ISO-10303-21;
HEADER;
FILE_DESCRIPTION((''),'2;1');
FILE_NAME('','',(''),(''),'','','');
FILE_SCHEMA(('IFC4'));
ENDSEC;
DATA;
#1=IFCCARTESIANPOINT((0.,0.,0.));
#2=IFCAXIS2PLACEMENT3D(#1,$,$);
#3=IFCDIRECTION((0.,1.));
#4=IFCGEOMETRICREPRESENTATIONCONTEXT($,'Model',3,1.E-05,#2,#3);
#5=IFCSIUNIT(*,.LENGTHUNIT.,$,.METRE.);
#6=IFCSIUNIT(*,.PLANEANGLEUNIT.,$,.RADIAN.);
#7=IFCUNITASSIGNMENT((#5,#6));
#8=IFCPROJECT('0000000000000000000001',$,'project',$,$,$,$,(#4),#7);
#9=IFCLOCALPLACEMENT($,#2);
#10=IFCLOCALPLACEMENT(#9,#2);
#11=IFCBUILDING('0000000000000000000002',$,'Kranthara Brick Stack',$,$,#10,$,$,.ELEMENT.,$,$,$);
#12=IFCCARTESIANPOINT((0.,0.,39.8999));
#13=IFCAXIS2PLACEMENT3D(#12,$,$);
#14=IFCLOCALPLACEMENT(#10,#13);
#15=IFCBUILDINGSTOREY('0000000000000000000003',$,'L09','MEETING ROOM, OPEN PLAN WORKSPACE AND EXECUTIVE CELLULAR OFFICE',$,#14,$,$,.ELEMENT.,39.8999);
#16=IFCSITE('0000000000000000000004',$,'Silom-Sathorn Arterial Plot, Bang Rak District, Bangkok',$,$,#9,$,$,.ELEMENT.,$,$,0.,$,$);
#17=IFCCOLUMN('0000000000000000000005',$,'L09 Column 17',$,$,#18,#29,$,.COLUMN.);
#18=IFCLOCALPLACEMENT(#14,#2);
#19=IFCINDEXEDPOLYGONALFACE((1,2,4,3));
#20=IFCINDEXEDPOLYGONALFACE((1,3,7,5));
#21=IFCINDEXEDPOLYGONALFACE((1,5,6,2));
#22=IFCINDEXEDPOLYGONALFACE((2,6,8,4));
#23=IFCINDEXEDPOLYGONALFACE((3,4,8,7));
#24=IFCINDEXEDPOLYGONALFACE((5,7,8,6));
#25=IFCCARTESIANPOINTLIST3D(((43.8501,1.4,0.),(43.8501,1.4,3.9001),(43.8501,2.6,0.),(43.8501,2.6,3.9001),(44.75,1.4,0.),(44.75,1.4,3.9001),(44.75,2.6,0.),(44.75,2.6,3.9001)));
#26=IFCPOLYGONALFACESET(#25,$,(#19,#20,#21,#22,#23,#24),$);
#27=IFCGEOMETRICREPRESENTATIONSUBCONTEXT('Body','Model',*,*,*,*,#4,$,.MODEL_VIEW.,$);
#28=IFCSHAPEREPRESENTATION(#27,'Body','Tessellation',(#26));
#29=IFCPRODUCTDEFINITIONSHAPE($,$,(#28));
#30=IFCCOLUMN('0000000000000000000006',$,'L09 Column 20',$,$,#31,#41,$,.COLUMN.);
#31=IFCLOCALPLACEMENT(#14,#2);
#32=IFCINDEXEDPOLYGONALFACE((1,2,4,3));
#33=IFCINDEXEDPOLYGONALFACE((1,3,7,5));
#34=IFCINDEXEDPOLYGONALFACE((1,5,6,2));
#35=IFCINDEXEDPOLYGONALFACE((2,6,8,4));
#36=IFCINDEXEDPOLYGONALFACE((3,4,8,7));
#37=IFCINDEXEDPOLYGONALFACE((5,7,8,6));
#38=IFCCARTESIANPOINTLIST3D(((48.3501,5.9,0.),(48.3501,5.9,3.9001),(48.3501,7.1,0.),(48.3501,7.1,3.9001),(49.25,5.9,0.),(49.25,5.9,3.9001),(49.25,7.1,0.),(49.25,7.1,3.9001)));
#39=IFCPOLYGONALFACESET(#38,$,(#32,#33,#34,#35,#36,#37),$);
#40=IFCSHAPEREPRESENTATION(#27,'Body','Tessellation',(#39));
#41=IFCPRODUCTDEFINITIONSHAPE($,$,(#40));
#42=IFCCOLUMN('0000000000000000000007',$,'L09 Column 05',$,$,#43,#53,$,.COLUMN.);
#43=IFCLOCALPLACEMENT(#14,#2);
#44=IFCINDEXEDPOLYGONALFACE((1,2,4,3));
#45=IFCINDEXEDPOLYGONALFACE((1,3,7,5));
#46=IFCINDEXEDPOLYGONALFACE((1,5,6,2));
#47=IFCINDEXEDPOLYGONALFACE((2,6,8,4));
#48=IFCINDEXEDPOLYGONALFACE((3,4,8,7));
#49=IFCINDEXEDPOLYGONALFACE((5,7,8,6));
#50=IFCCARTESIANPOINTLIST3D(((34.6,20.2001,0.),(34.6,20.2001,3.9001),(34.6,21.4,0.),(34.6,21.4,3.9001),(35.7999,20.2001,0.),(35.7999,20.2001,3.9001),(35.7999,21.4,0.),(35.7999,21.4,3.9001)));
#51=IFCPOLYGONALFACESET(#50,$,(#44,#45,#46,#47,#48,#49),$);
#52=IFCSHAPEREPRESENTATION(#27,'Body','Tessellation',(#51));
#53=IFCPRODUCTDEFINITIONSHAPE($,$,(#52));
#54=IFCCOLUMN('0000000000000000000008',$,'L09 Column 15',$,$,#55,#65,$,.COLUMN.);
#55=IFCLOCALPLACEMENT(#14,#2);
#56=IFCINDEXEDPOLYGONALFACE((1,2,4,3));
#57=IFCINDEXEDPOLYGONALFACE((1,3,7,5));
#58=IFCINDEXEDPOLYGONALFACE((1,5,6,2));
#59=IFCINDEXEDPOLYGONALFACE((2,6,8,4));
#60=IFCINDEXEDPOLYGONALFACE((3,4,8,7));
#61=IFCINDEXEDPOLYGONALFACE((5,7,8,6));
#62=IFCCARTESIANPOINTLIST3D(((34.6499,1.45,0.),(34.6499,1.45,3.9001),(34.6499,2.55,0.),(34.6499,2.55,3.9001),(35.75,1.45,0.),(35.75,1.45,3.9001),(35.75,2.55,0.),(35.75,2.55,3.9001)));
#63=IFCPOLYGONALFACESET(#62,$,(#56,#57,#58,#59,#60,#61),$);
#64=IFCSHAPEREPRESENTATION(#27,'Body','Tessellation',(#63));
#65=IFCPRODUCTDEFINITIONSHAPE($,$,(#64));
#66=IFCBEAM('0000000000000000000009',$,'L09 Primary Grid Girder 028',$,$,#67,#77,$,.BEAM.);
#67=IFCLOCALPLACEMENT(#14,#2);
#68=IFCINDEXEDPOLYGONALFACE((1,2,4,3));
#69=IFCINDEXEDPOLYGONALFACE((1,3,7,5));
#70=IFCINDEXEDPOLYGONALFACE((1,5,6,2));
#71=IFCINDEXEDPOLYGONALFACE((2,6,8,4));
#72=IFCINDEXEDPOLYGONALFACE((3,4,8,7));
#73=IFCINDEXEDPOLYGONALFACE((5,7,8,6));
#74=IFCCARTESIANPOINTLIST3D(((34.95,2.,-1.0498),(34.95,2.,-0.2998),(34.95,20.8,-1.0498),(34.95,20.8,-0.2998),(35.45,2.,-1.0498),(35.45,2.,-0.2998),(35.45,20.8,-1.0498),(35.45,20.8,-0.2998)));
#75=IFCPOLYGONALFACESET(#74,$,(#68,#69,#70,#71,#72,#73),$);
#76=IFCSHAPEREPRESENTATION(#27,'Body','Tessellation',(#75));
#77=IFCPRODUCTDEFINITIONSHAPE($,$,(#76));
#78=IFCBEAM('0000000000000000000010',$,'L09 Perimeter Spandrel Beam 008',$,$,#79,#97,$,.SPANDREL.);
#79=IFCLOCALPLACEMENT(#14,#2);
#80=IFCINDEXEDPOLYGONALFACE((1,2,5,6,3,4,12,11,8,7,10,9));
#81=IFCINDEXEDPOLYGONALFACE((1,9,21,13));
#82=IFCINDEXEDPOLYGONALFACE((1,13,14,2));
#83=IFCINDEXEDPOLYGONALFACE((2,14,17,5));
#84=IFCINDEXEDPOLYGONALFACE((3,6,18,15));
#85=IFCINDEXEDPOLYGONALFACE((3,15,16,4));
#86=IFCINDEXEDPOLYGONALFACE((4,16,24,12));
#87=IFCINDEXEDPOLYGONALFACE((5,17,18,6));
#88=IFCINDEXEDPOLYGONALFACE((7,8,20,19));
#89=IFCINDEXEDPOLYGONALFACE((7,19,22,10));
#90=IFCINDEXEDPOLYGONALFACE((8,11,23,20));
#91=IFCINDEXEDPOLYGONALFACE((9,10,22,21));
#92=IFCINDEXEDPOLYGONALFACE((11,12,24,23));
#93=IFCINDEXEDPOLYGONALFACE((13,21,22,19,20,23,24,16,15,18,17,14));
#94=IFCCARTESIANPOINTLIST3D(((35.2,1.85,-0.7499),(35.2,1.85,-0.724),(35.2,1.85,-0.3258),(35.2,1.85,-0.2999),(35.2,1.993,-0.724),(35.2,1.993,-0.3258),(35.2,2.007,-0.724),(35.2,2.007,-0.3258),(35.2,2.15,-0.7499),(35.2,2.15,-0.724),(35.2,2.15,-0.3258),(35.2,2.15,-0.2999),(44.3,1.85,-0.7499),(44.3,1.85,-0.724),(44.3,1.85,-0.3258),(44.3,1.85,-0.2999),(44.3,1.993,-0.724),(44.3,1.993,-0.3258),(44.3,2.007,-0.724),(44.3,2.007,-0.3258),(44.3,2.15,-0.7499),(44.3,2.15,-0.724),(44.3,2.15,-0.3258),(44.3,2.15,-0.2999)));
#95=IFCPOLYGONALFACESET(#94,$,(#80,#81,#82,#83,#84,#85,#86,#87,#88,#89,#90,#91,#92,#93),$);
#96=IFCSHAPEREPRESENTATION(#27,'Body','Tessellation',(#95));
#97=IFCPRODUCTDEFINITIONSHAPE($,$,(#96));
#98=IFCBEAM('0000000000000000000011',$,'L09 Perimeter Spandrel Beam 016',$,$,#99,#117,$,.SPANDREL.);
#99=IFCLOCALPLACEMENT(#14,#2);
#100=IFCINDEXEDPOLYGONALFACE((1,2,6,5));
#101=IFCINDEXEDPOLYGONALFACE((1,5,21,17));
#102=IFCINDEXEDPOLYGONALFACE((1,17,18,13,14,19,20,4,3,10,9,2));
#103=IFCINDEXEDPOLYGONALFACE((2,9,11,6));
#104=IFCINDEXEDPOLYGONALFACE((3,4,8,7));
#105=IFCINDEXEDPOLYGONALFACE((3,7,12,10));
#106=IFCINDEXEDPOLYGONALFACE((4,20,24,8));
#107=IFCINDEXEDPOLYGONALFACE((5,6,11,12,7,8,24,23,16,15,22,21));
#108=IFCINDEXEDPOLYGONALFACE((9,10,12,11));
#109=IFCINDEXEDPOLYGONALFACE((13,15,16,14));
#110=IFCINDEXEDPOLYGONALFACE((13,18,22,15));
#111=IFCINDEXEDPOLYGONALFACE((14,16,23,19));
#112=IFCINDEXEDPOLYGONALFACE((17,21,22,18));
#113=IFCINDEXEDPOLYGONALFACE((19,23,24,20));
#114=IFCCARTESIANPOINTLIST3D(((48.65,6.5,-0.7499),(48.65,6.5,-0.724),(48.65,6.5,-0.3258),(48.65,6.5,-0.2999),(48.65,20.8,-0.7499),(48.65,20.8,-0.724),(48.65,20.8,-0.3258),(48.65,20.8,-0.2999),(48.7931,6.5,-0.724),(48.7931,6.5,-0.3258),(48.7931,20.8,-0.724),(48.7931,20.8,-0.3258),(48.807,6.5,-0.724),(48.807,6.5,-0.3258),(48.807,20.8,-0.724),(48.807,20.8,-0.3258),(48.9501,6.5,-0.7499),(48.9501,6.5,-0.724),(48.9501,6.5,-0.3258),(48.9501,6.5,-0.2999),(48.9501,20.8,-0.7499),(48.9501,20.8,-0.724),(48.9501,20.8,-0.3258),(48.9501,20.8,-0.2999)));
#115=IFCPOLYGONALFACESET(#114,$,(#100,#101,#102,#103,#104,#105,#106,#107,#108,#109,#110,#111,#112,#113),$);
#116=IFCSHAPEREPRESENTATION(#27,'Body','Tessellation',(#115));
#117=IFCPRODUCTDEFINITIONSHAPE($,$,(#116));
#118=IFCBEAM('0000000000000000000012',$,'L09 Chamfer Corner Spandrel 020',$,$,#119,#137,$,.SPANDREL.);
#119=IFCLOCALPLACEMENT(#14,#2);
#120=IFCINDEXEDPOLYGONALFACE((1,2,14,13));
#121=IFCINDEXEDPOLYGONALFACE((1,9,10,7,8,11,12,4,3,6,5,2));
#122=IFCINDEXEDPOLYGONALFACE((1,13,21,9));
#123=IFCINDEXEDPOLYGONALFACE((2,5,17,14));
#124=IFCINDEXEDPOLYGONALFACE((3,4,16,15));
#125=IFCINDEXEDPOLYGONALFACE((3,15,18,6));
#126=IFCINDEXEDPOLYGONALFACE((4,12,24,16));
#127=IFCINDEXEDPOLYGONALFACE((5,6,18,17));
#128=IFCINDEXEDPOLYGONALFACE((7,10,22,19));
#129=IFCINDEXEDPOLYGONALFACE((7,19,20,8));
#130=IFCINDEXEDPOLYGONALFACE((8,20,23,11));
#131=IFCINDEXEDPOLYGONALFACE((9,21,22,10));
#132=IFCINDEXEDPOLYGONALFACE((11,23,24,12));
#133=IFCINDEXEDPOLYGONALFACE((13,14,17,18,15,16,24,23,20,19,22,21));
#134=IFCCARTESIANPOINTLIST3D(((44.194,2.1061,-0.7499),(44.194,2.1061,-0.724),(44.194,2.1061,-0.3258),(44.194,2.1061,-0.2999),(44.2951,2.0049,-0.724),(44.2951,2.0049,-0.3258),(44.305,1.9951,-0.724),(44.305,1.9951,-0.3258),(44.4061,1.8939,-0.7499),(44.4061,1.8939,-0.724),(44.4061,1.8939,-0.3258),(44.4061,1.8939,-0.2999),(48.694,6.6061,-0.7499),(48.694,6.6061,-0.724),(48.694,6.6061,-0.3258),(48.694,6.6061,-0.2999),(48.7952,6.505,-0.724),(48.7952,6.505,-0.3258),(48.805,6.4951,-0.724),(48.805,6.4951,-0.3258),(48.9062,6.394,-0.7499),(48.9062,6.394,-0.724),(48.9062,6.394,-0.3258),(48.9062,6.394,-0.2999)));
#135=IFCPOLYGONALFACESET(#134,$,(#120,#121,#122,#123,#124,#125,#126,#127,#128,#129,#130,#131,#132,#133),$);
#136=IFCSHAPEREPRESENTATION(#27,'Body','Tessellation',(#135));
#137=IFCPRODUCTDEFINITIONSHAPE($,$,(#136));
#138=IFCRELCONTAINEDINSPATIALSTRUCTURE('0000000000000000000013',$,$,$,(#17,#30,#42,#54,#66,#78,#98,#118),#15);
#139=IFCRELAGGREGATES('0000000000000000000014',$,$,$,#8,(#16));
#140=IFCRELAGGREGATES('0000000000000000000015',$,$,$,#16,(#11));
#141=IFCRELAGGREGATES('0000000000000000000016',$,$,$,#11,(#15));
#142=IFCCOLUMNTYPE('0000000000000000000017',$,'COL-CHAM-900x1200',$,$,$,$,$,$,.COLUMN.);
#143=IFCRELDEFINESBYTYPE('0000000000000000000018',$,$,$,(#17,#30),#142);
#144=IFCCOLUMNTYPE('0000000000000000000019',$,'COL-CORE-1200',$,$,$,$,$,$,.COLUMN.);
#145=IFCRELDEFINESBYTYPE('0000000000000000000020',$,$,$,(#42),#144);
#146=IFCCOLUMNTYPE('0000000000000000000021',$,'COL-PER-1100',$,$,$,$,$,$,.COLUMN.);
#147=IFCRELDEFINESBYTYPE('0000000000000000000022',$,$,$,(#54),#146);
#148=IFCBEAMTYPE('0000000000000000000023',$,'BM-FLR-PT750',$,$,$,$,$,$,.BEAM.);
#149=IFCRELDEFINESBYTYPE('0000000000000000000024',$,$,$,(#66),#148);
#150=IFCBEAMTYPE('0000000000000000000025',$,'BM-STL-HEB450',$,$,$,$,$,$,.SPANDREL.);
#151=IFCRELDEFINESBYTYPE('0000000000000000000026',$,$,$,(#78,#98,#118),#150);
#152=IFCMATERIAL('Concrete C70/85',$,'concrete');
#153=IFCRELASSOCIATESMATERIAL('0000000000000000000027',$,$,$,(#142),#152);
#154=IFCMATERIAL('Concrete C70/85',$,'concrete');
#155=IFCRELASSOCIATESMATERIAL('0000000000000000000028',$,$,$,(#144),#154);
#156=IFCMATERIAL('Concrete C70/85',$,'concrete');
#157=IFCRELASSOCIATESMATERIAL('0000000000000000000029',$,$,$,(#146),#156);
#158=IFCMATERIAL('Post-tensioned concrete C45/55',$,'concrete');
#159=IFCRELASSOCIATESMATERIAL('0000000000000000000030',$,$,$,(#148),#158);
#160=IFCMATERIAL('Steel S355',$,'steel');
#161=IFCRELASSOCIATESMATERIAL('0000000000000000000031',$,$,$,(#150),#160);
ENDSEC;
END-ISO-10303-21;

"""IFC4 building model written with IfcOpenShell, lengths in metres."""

from ifc_helpers import new_model, si_unit, direction, frame, origin, origin_2d, place, context, subcontext, project, spatial, rectangle, i_section, extrude, material, material_profile, profile_set, type_object, element, save


model = new_model("IFC4")

# Units and contexts
model_context = context("Model", 3, precision=1e-05, world=origin(), true_north=direction((0.0, 1.0)))
body_context = subcontext(model_context, "Body", "Model", "MODEL_VIEW")
ifc_project = project(units=[si_unit("LENGTHUNIT", "METRE"), si_unit("PLANEANGLEUNIT", "RADIAN")], contexts=[model_context])

# Site, building, storey
site_placement = place(None, origin())
site = spatial("IfcSite", under=ifc_project, at=site_placement, Name="Silom-Sathorn Arterial Plot, Bang Rak District, Bangkok", CompositionType="ELEMENT", RefElevation=0.0)
building_placement = place(site_placement, origin())
building = spatial("IfcBuilding", under=site, at=building_placement, Name="Kranthara Brick Stack", CompositionType="ELEMENT")
storey_placement = place(building_placement, frame((0.0, 0.0, 39.8999)))
storey = spatial("IfcBuildingStorey", under=building, at=storey_placement, Name="L09", Description="MEETING ROOM, OPEN PLAN WORKSPACE AND EXECUTIVE CELLULAR OFFICE", CompositionType="ELEMENT", Elevation=39.8999)

# Columns
ifc_material_1 = material(Name="Concrete C70/85", Category="concrete")
ifc_material_profile_1 = material_profile(ifc_material_1, rectangle(XDim=0.8999, YDim=1.2, at=origin_2d()), Name="RC 900x1200")
ifc_profile_set_1 = profile_set([ifc_material_profile_1], Name="Concrete C70/85")
column_type_1 = type_object("IfcColumnType", Name="COL-CHAM-900x1200", PredefinedType="COLUMN", material=ifc_profile_set_1)
for number, where, z_axis, x_axis, name in (
    (1, (44.3, 2.0, 0.0), (0.0, 0.0, 1.0), (1.0, 0.0, 0.0), "L09 Column 17"),
    (2, (48.8, 6.5, 0.0), (0.0, 0.0, 1.0), (1.0, 0.0, 0.0), "L09 Column 20"),
):
    element("IfcColumn", number, at=place(storey_placement, frame(where, z_axis=z_axis, x_axis=x_axis)), inside=storey, type_object=column_type_1, Name=name, PredefinedType="COLUMN", context=body_context, shape_type="SweptSolid", body=[
        extrude(rectangle(XDim=0.8999, YDim=1.2, at=origin_2d()), origin(), (0.0, 0.0, 1.0), 3.9001),
    ])
ifc_material_2 = material(Name="Concrete C70/85", Category="concrete")
ifc_material_profile_2 = material_profile(ifc_material_2, rectangle(XDim=1.2, YDim=1.2, at=origin_2d()), Name="RC 1200x1200")
ifc_profile_set_2 = profile_set([ifc_material_profile_2], Name="Concrete C70/85")
column_type_2 = type_object("IfcColumnType", Name="COL-CORE-1200", PredefinedType="COLUMN", material=ifc_profile_set_2)
column_1_placement = place(storey_placement, frame((35.2, 20.8, 0.0), z_axis=(0.0, 0.0, 1.0), x_axis=(1.0, 0.0, 0.0)))
element("IfcColumn", 3, at=column_1_placement, inside=storey, type_object=column_type_2, Name="L09 Column 05", PredefinedType="COLUMN", context=body_context, shape_type="SweptSolid", body=[
    extrude(rectangle(XDim=1.2, YDim=1.2, at=origin_2d()), origin(), (0.0, 0.0, 1.0), 3.9001),
])
ifc_material_3 = material(Name="Concrete C70/85", Category="concrete")
ifc_material_profile_3 = material_profile(ifc_material_3, rectangle(XDim=1.1001, YDim=1.1001, at=origin_2d()), Name="RC 1100x1100")
ifc_profile_set_3 = profile_set([ifc_material_profile_3], Name="Concrete C70/85")
column_type_3 = type_object("IfcColumnType", Name="COL-PER-1100", PredefinedType="COLUMN", material=ifc_profile_set_3)
column_2_placement = place(storey_placement, frame((35.2, 2.0, 0.0), z_axis=(0.0, 0.0, 1.0), x_axis=(1.0, 0.0, 0.0)))
element("IfcColumn", 4, at=column_2_placement, inside=storey, type_object=column_type_3, Name="L09 Column 15", PredefinedType="COLUMN", context=body_context, shape_type="SweptSolid", body=[
    extrude(rectangle(XDim=1.1001, YDim=1.1001, at=origin_2d()), origin(), (0.0, 0.0, 1.0), 3.9001),
])

# Beams
ifc_material_4 = material(Name="Post-tensioned concrete C45/55", Category="concrete")
ifc_material_profile_4 = material_profile(ifc_material_4, rectangle(XDim=0.5, YDim=0.75, at=origin_2d()), Name="PT 500x750")
ifc_profile_set_4 = profile_set([ifc_material_profile_4], Name="Post-tensioned concrete C45/55")
beam_type_1 = type_object("IfcBeamType", Name="BM-FLR-PT750", PredefinedType="BEAM", material=ifc_profile_set_4)
beam_1_placement = place(storey_placement, frame((35.2, 2.0, -0.6748), z_axis=(0.0, 1.0, 0.0), x_axis=(-1.0, 0.0, 0.0)))
element("IfcBeam", 5, at=beam_1_placement, inside=storey, type_object=beam_type_1, Name="L09 Primary Grid Girder 028", PredefinedType="BEAM", context=body_context, shape_type="SweptSolid", body=[
    extrude(rectangle(XDim=0.5, YDim=0.75, at=origin_2d()), origin(), (0.0, 0.0, 1.0), 18.8),
])
ifc_material_5 = material(Name="Steel S355", Category="steel")
ifc_material_profile_5 = material_profile(ifc_material_5, i_section(OverallWidth=0.3, OverallDepth=0.45, WebThickness=0.0139, FlangeThickness=0.0259, at=origin_2d()), Name="HEB 450")
ifc_profile_set_5 = profile_set([ifc_material_profile_5], Name="Steel S355")
beam_type_2 = type_object("IfcBeamType", Name="BM-STL-HEB450", PredefinedType="SPANDREL", material=ifc_profile_set_5)
beam_2_placement = place(storey_placement, frame((35.2, 2.0, -0.5249), z_axis=(1.0, 0.0, 0.0), x_axis=(0.0, 1.0, 0.0)))
element("IfcBeam", 6, at=beam_2_placement, inside=storey, type_object=beam_type_2, Name="L09 Perimeter Spandrel Beam 008", PredefinedType="SPANDREL", context=body_context, shape_type="SweptSolid", body=[
    extrude(i_section(OverallWidth=0.3, OverallDepth=0.45, WebThickness=0.0139, FlangeThickness=0.0259, at=origin_2d()), origin(), (0.0, 0.0, 1.0), 9.1001),
])
beam_3_placement = place(storey_placement, frame((48.8, 6.5, -0.5249), z_axis=(0.0, 1.0, 0.0), x_axis=(-1.0, 0.0, 0.0)))
element("IfcBeam", 7, at=beam_3_placement, inside=storey, type_object=beam_type_2, Name="L09 Perimeter Spandrel Beam 016", PredefinedType="SPANDREL", context=body_context, shape_type="SweptSolid", body=[
    extrude(i_section(OverallWidth=0.3, OverallDepth=0.45, WebThickness=0.0139, FlangeThickness=0.0259, at=origin_2d()), origin(), (0.0, 0.0, 1.0), 14.3),
])
beam_4_placement = place(storey_placement, frame((44.3, 2.0, -0.5249), z_axis=(0.707107, 0.707107, 0.0), x_axis=(-0.707107, 0.707107, 0.0)))
element("IfcBeam", 8, at=beam_4_placement, inside=storey, type_object=beam_type_2, Name="L09 Chamfer Corner Spandrel 020", PredefinedType="SPANDREL", context=body_context, shape_type="SweptSolid", body=[
    extrude(i_section(OverallWidth=0.3, OverallDepth=0.45, WebThickness=0.0139, FlangeThickness=0.0259, at=origin_2d()), origin(), (0.0, 0.0, 1.0), 6.364),
])

save(model, "model.ifc")
